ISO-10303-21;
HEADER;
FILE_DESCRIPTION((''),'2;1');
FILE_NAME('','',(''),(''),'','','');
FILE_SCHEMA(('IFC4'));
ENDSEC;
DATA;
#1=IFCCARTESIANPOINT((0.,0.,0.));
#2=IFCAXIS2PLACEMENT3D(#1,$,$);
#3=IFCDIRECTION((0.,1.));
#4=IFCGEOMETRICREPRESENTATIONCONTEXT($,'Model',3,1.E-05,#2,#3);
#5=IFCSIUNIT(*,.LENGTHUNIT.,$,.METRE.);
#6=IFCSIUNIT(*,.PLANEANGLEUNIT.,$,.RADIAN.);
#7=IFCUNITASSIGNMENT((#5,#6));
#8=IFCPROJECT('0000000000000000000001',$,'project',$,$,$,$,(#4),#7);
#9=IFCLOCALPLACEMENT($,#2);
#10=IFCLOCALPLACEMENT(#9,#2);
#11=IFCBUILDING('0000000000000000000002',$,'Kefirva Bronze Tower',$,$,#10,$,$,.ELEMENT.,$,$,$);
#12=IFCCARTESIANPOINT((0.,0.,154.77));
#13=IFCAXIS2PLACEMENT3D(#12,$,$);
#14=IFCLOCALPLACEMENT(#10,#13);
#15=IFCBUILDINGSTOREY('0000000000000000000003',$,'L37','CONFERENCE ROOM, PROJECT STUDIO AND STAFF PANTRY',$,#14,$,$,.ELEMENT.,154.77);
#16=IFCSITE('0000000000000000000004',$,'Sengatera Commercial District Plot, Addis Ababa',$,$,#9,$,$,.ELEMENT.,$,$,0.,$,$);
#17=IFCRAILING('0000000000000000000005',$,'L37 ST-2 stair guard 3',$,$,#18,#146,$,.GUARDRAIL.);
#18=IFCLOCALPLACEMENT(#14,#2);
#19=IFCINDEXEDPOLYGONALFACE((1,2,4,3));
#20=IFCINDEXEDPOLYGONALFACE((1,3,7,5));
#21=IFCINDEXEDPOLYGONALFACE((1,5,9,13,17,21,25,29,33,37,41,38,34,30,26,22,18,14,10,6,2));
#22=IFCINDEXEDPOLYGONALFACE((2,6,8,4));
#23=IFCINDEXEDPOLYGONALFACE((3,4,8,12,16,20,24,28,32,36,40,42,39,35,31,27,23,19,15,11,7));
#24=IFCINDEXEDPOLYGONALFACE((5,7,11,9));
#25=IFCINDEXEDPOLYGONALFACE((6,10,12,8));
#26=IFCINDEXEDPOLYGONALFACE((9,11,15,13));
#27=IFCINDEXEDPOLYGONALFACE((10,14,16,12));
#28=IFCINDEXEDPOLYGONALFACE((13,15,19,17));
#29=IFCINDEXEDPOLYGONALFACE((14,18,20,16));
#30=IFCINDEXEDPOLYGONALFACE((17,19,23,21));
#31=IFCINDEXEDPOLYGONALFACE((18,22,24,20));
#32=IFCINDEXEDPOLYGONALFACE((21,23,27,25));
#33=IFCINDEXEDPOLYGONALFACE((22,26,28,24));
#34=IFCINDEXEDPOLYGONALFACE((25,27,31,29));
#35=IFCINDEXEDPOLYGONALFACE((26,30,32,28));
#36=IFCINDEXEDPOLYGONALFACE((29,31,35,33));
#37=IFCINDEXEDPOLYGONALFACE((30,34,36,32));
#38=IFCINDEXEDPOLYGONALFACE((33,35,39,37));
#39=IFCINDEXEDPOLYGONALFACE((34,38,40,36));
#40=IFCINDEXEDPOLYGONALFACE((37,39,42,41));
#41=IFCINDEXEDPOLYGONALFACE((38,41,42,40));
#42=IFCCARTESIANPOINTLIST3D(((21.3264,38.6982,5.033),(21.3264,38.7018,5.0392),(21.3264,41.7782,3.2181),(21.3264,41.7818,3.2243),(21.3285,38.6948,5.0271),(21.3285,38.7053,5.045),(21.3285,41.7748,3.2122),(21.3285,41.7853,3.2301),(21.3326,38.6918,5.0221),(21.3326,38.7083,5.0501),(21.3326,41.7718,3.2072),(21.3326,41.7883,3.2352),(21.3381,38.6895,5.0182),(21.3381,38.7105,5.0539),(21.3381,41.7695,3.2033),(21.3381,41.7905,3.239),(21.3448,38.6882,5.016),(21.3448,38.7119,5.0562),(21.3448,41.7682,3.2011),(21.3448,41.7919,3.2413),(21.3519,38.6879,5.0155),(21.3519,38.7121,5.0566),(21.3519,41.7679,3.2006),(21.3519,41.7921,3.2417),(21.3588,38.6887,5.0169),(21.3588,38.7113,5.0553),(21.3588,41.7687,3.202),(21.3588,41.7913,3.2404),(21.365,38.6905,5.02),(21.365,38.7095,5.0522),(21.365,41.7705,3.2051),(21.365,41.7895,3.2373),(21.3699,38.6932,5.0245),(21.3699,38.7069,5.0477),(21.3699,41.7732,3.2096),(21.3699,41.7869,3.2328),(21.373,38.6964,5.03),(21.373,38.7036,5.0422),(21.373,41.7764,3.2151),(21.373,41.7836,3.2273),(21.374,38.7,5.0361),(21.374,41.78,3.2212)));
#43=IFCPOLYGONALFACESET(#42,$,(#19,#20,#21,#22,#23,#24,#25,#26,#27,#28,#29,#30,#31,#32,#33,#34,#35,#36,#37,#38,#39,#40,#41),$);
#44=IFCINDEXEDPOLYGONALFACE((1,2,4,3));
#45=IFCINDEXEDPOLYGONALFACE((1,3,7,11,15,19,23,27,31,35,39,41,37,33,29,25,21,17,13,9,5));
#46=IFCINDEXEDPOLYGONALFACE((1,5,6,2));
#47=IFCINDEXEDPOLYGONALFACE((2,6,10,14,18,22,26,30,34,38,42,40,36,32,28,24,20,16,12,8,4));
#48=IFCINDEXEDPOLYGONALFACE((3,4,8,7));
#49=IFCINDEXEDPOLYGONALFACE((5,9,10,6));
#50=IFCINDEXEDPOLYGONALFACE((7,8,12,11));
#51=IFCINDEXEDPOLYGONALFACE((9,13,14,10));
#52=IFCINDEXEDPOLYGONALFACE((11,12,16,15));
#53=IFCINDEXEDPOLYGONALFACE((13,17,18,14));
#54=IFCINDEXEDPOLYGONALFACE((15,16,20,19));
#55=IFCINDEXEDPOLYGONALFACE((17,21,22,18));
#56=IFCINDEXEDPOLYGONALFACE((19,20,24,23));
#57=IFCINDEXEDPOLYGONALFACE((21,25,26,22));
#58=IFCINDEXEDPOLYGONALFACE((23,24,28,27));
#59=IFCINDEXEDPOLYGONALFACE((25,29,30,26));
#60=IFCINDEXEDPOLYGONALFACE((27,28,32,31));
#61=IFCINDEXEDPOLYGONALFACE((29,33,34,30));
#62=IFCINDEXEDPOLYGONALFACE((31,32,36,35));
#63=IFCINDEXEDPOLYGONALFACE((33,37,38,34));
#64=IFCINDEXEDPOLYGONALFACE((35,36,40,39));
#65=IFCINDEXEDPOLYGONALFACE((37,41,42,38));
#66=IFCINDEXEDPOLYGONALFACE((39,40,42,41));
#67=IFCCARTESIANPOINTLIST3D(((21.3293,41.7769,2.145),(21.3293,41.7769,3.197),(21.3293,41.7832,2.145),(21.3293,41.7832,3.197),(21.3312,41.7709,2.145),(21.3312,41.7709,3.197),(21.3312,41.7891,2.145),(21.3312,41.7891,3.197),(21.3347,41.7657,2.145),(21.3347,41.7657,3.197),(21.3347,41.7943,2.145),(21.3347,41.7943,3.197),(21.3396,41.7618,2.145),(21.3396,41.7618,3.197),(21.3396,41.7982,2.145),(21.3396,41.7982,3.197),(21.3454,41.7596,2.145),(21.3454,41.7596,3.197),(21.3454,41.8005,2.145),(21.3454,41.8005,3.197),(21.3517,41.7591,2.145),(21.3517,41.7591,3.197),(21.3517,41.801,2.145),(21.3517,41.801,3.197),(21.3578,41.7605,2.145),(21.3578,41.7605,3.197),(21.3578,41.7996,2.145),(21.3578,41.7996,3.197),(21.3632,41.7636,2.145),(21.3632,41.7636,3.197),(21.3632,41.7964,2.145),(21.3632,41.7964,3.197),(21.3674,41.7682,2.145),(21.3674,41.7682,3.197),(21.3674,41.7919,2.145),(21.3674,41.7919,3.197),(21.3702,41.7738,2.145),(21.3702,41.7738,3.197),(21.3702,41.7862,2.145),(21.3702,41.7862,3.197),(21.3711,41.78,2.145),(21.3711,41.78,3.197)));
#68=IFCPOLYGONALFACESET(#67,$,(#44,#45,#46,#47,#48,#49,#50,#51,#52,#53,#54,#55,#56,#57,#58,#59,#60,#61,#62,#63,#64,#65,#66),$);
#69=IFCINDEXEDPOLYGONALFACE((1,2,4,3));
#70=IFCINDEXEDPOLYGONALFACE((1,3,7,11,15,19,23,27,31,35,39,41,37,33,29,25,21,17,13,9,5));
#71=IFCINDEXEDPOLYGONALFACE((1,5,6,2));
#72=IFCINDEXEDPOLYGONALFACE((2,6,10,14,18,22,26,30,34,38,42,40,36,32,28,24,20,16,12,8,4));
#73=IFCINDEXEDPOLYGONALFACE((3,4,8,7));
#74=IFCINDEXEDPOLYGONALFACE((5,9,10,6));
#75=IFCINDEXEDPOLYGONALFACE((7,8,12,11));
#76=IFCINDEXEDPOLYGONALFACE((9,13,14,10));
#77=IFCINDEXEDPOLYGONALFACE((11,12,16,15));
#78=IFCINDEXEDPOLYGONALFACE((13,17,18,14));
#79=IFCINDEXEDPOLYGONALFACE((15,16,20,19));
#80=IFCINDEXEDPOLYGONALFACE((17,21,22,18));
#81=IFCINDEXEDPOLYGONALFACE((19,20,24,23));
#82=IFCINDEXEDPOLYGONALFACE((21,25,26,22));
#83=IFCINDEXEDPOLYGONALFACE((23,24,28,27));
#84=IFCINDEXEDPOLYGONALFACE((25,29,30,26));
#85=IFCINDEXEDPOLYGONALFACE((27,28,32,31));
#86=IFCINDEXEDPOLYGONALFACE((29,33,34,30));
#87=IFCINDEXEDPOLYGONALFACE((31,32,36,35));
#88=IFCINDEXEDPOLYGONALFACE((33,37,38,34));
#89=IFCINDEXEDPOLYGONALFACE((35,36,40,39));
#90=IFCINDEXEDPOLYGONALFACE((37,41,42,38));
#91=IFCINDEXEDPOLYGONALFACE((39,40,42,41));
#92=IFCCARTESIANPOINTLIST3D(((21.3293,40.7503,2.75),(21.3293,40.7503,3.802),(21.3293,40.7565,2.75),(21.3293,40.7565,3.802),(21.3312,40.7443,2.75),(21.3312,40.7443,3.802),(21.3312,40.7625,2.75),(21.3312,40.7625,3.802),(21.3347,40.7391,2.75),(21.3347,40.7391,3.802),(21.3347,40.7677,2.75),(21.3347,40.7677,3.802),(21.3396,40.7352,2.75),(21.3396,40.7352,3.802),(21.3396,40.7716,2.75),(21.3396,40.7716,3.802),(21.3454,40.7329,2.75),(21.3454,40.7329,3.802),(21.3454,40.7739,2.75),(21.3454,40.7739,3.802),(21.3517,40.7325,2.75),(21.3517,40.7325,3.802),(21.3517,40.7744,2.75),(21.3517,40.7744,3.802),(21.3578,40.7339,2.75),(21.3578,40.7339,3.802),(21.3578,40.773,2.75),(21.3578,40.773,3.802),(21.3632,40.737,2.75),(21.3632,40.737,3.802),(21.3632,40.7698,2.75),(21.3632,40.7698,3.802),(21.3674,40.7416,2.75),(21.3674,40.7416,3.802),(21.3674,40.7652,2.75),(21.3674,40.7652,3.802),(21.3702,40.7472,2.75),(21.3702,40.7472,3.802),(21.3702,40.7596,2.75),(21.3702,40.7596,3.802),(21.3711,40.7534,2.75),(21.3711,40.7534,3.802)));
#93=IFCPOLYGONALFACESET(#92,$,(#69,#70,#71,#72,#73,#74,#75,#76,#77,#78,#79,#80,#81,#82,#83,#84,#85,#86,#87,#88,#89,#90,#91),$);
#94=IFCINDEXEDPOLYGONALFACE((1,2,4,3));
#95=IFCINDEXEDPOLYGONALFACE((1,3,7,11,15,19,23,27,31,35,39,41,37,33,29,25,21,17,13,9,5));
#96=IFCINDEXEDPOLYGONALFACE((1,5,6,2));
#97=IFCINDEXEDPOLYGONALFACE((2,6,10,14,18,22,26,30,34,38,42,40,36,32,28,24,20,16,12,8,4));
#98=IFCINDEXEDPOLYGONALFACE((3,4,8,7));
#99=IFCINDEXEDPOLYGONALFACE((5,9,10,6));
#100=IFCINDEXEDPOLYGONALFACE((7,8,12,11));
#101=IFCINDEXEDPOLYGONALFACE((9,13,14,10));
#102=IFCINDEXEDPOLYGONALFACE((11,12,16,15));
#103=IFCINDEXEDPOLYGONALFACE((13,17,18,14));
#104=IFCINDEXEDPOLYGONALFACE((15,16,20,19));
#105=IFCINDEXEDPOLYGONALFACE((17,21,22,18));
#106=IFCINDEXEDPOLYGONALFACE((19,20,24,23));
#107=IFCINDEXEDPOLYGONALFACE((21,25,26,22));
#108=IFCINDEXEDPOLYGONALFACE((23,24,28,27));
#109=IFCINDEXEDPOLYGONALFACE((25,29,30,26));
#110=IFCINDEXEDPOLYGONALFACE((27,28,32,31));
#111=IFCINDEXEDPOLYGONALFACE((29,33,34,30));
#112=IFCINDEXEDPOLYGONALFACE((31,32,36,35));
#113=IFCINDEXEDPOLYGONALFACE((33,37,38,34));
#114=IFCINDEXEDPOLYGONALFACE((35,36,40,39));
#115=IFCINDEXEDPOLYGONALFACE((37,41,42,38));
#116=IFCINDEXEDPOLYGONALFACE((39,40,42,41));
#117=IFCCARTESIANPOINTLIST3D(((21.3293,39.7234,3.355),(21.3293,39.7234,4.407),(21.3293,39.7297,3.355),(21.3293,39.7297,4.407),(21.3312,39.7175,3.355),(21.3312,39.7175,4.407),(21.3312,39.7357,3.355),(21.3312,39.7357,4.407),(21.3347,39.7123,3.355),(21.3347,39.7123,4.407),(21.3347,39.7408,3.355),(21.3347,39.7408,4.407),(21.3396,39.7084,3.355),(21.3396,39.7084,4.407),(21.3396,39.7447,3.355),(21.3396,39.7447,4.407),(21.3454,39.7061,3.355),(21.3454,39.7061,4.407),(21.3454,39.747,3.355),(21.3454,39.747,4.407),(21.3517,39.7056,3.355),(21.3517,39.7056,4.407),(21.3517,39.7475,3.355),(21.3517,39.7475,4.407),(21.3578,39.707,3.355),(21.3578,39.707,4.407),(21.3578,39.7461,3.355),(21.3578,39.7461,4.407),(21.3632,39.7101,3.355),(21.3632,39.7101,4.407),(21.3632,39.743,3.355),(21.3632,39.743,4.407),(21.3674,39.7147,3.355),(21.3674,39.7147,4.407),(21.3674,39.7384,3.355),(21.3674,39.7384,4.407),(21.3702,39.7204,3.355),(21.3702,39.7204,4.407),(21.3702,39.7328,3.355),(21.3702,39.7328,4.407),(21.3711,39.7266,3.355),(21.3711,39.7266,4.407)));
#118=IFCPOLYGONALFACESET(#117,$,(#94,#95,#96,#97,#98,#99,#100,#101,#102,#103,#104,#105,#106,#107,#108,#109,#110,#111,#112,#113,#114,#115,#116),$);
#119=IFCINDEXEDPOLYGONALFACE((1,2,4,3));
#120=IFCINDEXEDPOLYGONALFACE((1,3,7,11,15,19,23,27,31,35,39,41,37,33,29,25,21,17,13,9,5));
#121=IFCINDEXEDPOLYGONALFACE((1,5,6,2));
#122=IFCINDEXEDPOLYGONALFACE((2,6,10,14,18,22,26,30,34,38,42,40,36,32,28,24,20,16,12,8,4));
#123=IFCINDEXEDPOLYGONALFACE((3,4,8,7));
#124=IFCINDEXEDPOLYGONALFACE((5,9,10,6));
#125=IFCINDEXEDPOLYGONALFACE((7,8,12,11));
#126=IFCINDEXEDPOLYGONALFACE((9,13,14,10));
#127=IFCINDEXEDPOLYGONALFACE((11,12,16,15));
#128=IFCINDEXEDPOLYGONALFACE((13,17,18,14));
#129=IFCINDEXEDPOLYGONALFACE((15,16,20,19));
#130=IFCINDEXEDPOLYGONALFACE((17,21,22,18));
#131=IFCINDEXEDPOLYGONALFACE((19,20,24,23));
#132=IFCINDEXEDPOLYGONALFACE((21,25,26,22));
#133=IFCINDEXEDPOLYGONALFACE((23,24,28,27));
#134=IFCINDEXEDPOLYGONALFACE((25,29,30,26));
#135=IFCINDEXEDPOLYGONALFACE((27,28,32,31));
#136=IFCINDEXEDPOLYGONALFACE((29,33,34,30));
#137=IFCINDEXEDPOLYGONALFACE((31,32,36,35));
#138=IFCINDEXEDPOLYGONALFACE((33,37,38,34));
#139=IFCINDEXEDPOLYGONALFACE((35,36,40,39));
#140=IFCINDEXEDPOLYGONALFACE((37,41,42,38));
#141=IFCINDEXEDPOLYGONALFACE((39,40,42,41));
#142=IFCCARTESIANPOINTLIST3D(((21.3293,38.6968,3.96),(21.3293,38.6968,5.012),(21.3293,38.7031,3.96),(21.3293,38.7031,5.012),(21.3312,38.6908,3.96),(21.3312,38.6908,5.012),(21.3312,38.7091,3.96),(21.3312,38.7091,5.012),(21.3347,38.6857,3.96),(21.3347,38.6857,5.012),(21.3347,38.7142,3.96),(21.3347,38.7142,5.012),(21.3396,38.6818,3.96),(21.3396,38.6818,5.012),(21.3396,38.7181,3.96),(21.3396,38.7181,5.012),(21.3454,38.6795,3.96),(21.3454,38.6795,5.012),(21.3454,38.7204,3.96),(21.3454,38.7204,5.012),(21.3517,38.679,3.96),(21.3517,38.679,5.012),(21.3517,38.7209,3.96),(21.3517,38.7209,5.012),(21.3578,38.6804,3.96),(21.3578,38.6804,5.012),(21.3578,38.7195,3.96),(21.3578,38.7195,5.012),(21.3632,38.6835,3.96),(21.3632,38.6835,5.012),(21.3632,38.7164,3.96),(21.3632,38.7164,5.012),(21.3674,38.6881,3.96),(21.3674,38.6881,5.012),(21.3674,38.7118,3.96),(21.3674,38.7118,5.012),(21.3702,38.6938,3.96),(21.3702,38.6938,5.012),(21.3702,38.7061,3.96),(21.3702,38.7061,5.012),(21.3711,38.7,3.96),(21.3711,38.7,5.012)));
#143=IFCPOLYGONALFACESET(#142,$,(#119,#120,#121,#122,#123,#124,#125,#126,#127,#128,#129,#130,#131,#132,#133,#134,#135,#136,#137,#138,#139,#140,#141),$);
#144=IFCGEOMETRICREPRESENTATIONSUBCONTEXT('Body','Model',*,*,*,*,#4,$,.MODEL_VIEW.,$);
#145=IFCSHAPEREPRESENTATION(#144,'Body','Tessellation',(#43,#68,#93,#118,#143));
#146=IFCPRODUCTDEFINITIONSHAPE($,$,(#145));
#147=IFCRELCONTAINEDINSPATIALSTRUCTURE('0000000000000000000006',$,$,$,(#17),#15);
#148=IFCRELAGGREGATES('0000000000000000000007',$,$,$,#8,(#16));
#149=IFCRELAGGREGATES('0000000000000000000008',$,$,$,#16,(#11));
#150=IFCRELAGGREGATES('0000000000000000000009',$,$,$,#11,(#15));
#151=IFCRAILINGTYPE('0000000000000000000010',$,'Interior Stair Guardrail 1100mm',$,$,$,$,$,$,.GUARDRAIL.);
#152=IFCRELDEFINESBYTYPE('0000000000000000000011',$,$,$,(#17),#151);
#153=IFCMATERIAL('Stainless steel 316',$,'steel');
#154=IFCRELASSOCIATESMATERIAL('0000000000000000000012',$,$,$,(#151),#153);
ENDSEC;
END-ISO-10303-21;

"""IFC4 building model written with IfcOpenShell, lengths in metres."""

from ifc_helpers import new_model, si_unit, direction, frame, origin, origin_2d, place, context, subcontext, project, spatial, circle, extrude, material, type_object, element, save


model = new_model("IFC4")

# Units and contexts
model_context = context("Model", 3, precision=1e-05, world=origin(), true_north=direction((0.0, 1.0)))
body_context = subcontext(model_context, "Body", "Model", "MODEL_VIEW")
ifc_project = project(units=[si_unit("LENGTHUNIT", "METRE"), si_unit("PLANEANGLEUNIT", "RADIAN")], contexts=[model_context])

# Site, building, storey
site_placement = place(None, origin())
site = spatial("IfcSite", under=ifc_project, at=site_placement, Name="Sengatera Commercial District Plot, Addis Ababa", CompositionType="ELEMENT", RefElevation=0.0)
building_placement = place(site_placement, origin())
building = spatial("IfcBuilding", under=site, at=building_placement, Name="Kefirva Bronze Tower", CompositionType="ELEMENT")
storey_placement = place(building_placement, frame((0.0, 0.0, 154.77)))
storey = spatial("IfcBuildingStorey", under=building, at=storey_placement, Name="L37", Description="CONFERENCE ROOM, PROJECT STUDIO AND STAFF PANTRY", CompositionType="ELEMENT", Elevation=154.77)

# Railing
ifc_material_1 = material(Name="Stainless steel 316", Category="steel")
railing_type_1 = type_object("IfcRailingType", Name="Interior Stair Guardrail 1100mm", PredefinedType="GUARDRAIL", material=ifc_material_1)
railing_1_placement = place(storey_placement, frame((21.3501, 41.78, 2.145)))
element("IfcRailing", 1, at=railing_1_placement, inside=storey, type_object=railing_type_1, Name="L37 ST-2 stair guard 3", PredefinedType="GUARDRAIL", context=body_context, shape_type="SweptSolid", body=[
    extrude(circle(Radius=0.0239, at=origin_2d()), frame((0.0, 0.0, 1.0762), z_axis=(0.0, -0.861551, 0.507671), x_axis=(1.0, 0.0, 0.0)), (0.0, 0.0, 1.0), 3.575),
    extrude(circle(Radius=0.021, at=origin_2d()), origin(), (0.0, 0.0, 1.0), 1.052),
    extrude(circle(Radius=0.021, at=origin_2d()), frame((0.0, -1.0266, 0.605)), (0.0, 0.0, 1.0), 1.052),
    extrude(circle(Radius=0.021, at=origin_2d()), frame((0.0, -2.0535, 1.21)), (0.0, 0.0, 1.0), 1.052),
    extrude(circle(Radius=0.021, at=origin_2d()), frame((0.0, -3.0801, 1.8149)), (0.0, 0.0, 1.0), 1.052),
])

save(model, "model.ifc")
